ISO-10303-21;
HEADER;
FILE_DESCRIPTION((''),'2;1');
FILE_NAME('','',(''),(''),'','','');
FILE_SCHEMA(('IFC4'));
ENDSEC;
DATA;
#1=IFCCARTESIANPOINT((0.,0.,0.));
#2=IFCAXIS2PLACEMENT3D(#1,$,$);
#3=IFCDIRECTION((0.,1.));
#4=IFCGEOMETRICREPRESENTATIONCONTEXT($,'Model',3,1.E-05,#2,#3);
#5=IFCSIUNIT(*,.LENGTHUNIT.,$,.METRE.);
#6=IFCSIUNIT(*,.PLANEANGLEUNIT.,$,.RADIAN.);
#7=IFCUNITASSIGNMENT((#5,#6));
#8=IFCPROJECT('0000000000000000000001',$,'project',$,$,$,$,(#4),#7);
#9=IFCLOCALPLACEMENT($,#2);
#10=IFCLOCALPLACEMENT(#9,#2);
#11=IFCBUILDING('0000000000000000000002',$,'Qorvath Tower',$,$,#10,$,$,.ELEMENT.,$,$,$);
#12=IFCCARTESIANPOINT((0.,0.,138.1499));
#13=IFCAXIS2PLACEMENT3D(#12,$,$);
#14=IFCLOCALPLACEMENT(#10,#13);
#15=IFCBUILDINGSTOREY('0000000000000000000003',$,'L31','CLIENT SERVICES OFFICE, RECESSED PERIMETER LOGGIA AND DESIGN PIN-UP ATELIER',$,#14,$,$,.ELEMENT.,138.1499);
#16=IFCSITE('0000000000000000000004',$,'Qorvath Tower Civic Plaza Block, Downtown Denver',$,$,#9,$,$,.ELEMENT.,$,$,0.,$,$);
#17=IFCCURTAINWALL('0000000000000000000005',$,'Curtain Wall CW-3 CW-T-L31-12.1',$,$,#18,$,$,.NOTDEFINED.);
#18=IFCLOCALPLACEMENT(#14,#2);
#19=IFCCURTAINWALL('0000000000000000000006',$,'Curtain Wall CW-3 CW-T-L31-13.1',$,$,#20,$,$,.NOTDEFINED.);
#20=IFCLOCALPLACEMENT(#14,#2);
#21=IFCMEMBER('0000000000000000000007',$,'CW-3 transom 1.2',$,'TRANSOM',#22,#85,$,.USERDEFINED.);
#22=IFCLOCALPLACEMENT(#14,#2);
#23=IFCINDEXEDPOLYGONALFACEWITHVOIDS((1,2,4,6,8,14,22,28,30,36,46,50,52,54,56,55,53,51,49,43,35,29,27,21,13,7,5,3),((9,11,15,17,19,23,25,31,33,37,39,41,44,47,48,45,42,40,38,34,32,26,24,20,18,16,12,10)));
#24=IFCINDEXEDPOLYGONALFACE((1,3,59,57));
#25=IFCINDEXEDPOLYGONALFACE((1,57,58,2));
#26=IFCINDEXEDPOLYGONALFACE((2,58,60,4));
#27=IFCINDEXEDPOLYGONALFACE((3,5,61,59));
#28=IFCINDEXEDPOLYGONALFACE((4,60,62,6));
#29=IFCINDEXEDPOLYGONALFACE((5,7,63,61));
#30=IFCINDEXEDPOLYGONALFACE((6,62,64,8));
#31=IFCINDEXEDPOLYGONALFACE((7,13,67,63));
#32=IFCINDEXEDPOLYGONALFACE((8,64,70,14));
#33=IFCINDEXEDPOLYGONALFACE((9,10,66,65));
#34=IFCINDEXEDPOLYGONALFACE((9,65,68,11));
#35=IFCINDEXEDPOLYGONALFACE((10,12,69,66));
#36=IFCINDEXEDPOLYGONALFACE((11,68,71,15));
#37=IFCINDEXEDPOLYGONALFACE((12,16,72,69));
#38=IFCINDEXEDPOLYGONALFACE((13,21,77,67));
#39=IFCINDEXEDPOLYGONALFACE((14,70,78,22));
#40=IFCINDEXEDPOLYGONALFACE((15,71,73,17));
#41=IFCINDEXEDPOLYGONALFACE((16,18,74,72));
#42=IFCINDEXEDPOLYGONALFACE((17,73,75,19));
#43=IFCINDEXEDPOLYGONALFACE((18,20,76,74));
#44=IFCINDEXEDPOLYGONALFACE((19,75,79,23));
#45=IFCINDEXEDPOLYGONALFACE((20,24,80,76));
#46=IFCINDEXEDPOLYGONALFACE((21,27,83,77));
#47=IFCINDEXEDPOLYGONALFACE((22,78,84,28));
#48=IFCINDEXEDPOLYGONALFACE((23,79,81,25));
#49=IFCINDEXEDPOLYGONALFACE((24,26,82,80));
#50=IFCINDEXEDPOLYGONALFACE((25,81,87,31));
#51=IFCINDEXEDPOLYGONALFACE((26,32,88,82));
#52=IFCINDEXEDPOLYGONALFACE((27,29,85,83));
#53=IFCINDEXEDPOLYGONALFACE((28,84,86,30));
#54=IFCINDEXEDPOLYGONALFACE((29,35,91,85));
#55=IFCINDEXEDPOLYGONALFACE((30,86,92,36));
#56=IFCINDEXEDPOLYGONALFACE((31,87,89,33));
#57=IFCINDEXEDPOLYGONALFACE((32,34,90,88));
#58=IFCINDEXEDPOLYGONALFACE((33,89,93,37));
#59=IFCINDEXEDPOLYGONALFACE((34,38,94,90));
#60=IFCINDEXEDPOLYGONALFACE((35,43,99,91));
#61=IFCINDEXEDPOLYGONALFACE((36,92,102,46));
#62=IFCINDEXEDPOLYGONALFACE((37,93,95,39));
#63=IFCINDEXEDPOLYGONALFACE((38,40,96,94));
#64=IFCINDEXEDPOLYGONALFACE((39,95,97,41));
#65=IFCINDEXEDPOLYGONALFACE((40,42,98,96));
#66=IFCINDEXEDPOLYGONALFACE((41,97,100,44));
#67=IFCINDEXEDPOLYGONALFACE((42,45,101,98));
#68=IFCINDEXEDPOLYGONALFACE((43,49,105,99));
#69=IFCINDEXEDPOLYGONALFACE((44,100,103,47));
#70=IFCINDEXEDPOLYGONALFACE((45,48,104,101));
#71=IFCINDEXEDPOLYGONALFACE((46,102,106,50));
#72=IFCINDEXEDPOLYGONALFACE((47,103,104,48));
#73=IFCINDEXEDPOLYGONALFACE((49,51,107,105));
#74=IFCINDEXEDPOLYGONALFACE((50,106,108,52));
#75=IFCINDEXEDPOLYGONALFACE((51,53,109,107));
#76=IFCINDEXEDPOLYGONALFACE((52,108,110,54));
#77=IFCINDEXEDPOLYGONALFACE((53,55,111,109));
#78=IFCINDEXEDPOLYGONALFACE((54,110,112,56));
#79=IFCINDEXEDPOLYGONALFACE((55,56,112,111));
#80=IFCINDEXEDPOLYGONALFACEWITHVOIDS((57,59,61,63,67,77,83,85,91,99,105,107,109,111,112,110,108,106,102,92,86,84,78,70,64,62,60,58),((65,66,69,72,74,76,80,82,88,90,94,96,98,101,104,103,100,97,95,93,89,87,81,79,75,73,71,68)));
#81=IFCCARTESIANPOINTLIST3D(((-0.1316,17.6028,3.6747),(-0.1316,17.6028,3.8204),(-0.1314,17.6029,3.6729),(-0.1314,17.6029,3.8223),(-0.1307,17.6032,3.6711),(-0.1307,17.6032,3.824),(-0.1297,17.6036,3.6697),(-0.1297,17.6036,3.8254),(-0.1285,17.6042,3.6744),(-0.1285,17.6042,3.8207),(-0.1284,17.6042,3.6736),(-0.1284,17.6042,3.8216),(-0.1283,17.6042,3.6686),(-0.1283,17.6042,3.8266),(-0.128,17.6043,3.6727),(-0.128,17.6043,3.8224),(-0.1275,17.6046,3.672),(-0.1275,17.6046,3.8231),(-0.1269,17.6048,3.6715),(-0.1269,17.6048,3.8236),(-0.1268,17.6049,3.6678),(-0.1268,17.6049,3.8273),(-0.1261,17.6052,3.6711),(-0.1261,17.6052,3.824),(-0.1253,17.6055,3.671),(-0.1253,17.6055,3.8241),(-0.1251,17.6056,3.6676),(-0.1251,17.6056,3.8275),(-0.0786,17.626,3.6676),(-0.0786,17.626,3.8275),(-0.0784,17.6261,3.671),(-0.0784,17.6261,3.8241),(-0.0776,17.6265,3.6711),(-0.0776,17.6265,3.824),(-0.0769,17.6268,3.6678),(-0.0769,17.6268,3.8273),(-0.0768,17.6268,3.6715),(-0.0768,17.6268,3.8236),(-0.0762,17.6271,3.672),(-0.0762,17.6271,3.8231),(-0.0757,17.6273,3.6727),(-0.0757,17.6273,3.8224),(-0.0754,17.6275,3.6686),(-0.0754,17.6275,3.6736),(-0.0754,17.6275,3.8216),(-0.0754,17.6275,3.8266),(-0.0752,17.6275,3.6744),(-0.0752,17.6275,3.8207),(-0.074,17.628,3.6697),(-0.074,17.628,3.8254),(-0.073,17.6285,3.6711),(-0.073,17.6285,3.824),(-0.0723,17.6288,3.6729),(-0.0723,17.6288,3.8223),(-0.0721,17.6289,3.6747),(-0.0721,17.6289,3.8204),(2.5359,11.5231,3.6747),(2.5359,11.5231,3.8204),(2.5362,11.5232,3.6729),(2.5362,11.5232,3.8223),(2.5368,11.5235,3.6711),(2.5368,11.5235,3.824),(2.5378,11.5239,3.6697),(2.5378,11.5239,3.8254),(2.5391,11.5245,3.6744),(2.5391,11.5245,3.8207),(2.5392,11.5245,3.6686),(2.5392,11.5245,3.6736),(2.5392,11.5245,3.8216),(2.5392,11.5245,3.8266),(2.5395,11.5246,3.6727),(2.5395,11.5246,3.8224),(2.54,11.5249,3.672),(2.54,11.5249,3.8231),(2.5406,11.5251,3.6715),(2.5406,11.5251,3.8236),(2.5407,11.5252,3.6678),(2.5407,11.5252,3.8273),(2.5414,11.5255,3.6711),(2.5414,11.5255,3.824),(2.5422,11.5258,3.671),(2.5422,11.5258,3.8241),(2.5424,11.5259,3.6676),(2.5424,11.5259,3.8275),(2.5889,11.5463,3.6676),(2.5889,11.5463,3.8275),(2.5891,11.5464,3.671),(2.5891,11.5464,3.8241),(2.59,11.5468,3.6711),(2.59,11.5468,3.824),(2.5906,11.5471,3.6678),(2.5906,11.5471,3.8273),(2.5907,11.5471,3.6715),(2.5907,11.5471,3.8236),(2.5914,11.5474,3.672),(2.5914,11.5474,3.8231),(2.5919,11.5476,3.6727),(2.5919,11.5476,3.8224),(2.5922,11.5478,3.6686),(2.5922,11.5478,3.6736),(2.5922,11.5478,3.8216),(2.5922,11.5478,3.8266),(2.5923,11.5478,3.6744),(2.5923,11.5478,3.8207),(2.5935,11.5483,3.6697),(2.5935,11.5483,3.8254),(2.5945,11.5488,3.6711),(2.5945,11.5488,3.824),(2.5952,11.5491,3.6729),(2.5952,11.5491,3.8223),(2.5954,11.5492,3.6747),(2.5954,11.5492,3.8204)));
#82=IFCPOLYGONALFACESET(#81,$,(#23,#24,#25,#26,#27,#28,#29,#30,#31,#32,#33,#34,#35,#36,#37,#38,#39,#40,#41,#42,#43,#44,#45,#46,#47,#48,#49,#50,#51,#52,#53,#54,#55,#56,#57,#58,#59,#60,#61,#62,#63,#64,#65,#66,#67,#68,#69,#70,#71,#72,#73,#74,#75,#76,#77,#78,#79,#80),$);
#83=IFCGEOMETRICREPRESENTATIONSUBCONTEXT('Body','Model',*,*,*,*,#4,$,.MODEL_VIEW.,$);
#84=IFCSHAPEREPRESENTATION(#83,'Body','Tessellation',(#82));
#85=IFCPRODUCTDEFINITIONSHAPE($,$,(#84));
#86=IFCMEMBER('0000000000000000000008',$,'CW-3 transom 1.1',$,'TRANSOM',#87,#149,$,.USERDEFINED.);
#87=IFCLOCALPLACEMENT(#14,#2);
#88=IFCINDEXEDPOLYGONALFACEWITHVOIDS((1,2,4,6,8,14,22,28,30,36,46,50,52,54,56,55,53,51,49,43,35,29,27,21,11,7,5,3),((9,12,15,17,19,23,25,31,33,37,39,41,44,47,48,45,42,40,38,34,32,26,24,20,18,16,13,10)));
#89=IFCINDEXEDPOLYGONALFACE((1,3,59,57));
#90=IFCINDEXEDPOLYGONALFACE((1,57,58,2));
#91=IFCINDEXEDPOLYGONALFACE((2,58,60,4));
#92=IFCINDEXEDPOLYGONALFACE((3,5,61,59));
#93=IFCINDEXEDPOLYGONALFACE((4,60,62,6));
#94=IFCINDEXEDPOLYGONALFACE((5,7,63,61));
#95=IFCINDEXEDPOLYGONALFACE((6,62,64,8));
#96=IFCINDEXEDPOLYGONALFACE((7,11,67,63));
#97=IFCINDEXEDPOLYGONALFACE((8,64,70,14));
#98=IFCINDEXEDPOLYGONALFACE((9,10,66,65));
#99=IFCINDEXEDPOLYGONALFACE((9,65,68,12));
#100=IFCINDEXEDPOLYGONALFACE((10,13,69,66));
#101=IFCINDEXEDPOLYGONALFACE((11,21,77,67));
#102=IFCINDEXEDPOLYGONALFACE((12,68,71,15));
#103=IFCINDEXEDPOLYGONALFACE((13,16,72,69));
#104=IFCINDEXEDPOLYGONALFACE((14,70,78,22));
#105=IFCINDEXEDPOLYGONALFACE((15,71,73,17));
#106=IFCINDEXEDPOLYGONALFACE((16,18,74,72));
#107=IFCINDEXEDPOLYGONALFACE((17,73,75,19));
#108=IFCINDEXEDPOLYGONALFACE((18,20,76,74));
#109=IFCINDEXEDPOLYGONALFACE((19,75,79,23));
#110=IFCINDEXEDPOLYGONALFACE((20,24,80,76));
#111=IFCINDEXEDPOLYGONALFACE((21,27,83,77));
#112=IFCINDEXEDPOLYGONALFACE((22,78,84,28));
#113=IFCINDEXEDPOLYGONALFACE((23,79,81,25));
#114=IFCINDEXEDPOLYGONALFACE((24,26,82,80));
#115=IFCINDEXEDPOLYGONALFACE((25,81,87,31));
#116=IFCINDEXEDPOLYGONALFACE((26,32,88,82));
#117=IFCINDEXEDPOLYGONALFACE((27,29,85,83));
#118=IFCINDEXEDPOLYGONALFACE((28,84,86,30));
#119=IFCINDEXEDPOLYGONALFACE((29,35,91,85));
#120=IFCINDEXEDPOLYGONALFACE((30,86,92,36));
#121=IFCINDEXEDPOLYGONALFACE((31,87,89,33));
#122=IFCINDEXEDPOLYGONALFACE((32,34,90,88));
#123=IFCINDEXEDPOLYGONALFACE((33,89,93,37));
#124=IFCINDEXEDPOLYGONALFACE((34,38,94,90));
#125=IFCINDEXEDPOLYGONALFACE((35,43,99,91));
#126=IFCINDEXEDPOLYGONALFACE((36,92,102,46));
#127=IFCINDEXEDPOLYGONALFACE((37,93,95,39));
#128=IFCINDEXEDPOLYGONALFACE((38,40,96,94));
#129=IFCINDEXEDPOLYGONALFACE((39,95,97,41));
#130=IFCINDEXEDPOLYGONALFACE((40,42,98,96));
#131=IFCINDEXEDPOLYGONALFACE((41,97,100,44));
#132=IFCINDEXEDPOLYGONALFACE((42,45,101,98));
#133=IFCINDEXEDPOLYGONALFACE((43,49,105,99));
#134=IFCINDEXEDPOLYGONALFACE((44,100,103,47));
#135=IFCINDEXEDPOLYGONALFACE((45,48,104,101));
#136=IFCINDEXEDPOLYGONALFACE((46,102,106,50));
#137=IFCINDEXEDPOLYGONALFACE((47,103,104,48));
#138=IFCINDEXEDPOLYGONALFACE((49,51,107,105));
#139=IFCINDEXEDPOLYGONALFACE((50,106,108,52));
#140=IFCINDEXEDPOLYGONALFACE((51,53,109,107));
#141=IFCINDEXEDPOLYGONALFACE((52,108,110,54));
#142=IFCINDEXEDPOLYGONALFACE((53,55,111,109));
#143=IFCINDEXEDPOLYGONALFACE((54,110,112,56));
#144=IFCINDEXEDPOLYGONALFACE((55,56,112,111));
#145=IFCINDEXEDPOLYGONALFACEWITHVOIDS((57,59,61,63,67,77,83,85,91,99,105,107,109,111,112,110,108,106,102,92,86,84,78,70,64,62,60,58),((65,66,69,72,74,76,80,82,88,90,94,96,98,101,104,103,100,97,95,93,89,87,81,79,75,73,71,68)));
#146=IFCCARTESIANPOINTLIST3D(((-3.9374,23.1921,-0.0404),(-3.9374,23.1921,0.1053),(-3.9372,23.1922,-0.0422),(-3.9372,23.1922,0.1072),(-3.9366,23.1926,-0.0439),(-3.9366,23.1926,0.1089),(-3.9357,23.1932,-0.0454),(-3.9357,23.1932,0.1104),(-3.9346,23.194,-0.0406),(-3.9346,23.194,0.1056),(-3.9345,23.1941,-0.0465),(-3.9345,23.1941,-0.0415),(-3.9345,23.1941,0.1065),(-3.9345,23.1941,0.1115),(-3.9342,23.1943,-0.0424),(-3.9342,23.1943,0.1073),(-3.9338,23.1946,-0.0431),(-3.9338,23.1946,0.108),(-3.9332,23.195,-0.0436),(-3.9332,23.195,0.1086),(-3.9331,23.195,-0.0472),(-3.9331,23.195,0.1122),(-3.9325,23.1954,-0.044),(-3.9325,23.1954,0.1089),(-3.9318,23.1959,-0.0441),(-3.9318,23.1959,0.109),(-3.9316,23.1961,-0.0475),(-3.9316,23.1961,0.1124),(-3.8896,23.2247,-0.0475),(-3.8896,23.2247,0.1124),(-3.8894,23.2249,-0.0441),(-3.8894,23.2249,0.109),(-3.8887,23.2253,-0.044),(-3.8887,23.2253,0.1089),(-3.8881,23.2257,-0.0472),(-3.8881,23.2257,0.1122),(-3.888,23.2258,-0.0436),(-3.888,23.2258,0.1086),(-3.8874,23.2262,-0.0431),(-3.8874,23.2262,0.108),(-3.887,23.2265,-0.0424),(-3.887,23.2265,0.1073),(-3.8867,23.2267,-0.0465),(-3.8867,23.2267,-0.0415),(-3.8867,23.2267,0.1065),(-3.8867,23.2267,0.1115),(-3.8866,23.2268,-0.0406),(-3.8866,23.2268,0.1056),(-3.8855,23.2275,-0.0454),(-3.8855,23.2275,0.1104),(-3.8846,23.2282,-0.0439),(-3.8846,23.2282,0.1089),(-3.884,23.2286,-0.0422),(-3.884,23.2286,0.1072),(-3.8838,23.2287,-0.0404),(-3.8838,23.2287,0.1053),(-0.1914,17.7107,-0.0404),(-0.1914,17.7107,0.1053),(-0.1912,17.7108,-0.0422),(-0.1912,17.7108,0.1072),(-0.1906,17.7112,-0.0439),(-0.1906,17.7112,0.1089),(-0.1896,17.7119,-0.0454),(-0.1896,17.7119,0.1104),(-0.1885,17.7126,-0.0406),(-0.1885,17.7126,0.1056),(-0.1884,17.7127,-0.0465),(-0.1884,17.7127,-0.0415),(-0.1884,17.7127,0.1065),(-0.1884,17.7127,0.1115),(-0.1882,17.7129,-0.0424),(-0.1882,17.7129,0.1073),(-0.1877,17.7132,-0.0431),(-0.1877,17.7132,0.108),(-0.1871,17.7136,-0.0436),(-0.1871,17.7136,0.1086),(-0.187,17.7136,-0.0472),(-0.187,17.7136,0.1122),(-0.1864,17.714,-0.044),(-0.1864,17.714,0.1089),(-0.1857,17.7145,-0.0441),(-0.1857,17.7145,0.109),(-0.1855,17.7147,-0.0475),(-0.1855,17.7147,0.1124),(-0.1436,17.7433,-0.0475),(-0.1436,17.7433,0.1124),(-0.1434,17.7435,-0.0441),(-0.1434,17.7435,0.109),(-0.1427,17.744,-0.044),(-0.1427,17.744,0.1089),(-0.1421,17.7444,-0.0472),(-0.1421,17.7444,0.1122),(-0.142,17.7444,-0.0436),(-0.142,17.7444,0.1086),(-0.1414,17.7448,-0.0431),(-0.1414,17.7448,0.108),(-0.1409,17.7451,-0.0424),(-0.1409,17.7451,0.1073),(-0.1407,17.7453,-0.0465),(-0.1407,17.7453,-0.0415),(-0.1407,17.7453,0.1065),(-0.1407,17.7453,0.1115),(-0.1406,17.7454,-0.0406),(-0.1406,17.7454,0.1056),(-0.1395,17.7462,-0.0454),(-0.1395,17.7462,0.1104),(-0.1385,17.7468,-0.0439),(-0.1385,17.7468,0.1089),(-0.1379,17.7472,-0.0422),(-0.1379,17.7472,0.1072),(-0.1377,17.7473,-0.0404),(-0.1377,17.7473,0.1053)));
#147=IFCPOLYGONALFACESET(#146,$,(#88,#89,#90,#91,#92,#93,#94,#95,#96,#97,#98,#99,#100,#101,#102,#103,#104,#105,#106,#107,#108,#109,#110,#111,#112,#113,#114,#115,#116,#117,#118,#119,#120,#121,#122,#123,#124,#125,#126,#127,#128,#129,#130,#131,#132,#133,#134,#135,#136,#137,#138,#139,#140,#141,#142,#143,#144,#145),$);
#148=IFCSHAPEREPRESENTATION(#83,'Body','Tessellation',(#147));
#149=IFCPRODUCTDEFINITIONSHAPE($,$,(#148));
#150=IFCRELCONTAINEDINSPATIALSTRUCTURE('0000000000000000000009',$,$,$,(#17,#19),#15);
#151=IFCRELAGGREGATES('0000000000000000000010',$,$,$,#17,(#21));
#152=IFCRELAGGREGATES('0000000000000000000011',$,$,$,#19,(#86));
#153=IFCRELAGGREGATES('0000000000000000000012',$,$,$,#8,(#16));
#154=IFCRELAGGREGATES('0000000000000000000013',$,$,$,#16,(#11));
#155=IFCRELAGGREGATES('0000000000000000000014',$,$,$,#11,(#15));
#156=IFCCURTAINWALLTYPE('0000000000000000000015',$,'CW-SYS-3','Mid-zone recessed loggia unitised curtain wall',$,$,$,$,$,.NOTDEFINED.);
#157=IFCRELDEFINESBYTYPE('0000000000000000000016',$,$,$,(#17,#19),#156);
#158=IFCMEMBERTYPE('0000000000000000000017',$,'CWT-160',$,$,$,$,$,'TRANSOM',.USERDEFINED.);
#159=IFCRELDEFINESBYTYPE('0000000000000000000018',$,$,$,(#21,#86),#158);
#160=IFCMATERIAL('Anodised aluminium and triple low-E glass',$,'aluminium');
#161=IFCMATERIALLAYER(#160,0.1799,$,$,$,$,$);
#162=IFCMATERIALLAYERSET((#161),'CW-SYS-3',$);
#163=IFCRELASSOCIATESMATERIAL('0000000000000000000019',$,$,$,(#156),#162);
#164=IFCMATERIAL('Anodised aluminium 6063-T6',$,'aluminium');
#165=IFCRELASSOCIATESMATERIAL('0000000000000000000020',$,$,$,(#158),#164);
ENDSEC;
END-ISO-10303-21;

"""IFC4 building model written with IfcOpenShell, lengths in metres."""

from ifc_helpers import new_model, si_unit, direction, frame, origin, origin_2d, place, context, subcontext, project, spatial, hollow_rectangle, extrude, material, layer, layer_set, material_profile, profile_set, type_object, element, aggregate, save


model = new_model("IFC4")

# Units and contexts
model_context = context("Model", 3, precision=1e-05, world=origin(), true_north=direction((0.0, 1.0)))
body_context = subcontext(model_context, "Body", "Model", "MODEL_VIEW")
ifc_project = project(units=[si_unit("LENGTHUNIT", "METRE"), si_unit("PLANEANGLEUNIT", "RADIAN")], contexts=[model_context])

# Site, building, storey
site_placement = place(None, origin())
site = spatial("IfcSite", under=ifc_project, at=site_placement, Name="Qorvath Tower Civic Plaza Block, Downtown Denver", CompositionType="ELEMENT", RefElevation=0.0)
building_placement = place(site_placement, origin())
building = spatial("IfcBuilding", under=site, at=building_placement, Name="Qorvath Tower", CompositionType="ELEMENT")
storey_placement = place(building_placement, frame((0.0, 0.0, 138.1499)))
storey = spatial("IfcBuildingStorey", under=building, at=storey_placement, Name="L31", Description="CLIENT SERVICES OFFICE, RECESSED PERIMETER LOGGIA AND DESIGN PIN-UP ATELIER", CompositionType="ELEMENT", Elevation=138.1499)

# Shared definitions
ifc_material_1 = material(Name="Anodised aluminium and triple low-E glass", Category="aluminium")
ifc_layer_1 = layer(ifc_material_1, 0.1799)
ifc_layer_set_1 = layer_set([ifc_layer_1], Name="CW-SYS-3")
curtain_wall_type = type_object("IfcCurtainWallType", Name="CW-SYS-3", Description="Mid-zone recessed loggia unitised curtain wall", PredefinedType="NOTDEFINED", material=ifc_layer_set_1)

# Curtain walls
curtain_wall_1_placement = place(storey_placement, origin())
curtain_wall_1 = element("IfcCurtainWall", 1, at=curtain_wall_1_placement, inside=storey, type_object=curtain_wall_type, Name="Curtain Wall CW-3 CW-T-L31-12.1", PredefinedType="NOTDEFINED")
curtain_wall_2_placement = place(storey_placement, origin())
curtain_wall_2 = element("IfcCurtainWall", 2, at=curtain_wall_2_placement, inside=storey, type_object=curtain_wall_type, Name="Curtain Wall CW-3 CW-T-L31-13.1", PredefinedType="NOTDEFINED")

# Members
ifc_material_2 = material(Name="Anodised aluminium 6063-T6", Category="aluminium")
ifc_material_profile_1 = material_profile(ifc_material_2, hollow_rectangle(XDim=0.0649, YDim=0.1599, WallThickness=0.0034, InnerFilletRadius=0.0034, OuterFilletRadius=0.0071, at=origin_2d()), Name="CWT 160x65")
ifc_profile_set_1 = profile_set([ifc_material_profile_1], Name="Anodised aluminium 6063-T6")
member_type_1 = type_object("IfcMemberType", Name="CWT-160", ElementType="TRANSOM", PredefinedType="USERDEFINED", material=ifc_profile_set_1)
member_1_placement = place(storey_placement, frame((2.5657, 11.5361, 3.7476), z_axis=(-0.401787, 0.915733, 0.0), x_axis=(-0.915733, -0.401787, 0.0)))
member_1 = element("IfcMember", 3, at=member_1_placement, type_object=member_type_1, Name="CW-3 transom 1.2", ObjectType="TRANSOM", PredefinedType="USERDEFINED", context=body_context, shape_type="SweptSolid", body=[
    extrude(hollow_rectangle(XDim=0.0649, YDim=0.1599, WallThickness=0.0034, InnerFilletRadius=0.0034, OuterFilletRadius=0.0071, at=origin_2d()), origin(), (0.0, 0.0, 1.0), 6.6392),
])
member_2_placement = place(storey_placement, frame((-0.1646, 17.729, 0.0325), z_axis=(-0.564236, 0.825614, 0.0), x_axis=(-0.825614, -0.564236, 0.0)))
member_2 = element("IfcMember", 4, at=member_2_placement, type_object=member_type_1, Name="CW-3 transom 1.1", ObjectType="TRANSOM", PredefinedType="USERDEFINED", context=body_context, shape_type="SweptSolid", body=[
    extrude(hollow_rectangle(XDim=0.0649, YDim=0.1599, WallThickness=0.0034, InnerFilletRadius=0.0034, OuterFilletRadius=0.0071, at=origin_2d()), origin(), (0.0, 0.0, 1.0), 6.6392),
])

aggregate(curtain_wall_1, [member_1])
aggregate(curtain_wall_2, [member_2])

save(model, "model.ifc")
